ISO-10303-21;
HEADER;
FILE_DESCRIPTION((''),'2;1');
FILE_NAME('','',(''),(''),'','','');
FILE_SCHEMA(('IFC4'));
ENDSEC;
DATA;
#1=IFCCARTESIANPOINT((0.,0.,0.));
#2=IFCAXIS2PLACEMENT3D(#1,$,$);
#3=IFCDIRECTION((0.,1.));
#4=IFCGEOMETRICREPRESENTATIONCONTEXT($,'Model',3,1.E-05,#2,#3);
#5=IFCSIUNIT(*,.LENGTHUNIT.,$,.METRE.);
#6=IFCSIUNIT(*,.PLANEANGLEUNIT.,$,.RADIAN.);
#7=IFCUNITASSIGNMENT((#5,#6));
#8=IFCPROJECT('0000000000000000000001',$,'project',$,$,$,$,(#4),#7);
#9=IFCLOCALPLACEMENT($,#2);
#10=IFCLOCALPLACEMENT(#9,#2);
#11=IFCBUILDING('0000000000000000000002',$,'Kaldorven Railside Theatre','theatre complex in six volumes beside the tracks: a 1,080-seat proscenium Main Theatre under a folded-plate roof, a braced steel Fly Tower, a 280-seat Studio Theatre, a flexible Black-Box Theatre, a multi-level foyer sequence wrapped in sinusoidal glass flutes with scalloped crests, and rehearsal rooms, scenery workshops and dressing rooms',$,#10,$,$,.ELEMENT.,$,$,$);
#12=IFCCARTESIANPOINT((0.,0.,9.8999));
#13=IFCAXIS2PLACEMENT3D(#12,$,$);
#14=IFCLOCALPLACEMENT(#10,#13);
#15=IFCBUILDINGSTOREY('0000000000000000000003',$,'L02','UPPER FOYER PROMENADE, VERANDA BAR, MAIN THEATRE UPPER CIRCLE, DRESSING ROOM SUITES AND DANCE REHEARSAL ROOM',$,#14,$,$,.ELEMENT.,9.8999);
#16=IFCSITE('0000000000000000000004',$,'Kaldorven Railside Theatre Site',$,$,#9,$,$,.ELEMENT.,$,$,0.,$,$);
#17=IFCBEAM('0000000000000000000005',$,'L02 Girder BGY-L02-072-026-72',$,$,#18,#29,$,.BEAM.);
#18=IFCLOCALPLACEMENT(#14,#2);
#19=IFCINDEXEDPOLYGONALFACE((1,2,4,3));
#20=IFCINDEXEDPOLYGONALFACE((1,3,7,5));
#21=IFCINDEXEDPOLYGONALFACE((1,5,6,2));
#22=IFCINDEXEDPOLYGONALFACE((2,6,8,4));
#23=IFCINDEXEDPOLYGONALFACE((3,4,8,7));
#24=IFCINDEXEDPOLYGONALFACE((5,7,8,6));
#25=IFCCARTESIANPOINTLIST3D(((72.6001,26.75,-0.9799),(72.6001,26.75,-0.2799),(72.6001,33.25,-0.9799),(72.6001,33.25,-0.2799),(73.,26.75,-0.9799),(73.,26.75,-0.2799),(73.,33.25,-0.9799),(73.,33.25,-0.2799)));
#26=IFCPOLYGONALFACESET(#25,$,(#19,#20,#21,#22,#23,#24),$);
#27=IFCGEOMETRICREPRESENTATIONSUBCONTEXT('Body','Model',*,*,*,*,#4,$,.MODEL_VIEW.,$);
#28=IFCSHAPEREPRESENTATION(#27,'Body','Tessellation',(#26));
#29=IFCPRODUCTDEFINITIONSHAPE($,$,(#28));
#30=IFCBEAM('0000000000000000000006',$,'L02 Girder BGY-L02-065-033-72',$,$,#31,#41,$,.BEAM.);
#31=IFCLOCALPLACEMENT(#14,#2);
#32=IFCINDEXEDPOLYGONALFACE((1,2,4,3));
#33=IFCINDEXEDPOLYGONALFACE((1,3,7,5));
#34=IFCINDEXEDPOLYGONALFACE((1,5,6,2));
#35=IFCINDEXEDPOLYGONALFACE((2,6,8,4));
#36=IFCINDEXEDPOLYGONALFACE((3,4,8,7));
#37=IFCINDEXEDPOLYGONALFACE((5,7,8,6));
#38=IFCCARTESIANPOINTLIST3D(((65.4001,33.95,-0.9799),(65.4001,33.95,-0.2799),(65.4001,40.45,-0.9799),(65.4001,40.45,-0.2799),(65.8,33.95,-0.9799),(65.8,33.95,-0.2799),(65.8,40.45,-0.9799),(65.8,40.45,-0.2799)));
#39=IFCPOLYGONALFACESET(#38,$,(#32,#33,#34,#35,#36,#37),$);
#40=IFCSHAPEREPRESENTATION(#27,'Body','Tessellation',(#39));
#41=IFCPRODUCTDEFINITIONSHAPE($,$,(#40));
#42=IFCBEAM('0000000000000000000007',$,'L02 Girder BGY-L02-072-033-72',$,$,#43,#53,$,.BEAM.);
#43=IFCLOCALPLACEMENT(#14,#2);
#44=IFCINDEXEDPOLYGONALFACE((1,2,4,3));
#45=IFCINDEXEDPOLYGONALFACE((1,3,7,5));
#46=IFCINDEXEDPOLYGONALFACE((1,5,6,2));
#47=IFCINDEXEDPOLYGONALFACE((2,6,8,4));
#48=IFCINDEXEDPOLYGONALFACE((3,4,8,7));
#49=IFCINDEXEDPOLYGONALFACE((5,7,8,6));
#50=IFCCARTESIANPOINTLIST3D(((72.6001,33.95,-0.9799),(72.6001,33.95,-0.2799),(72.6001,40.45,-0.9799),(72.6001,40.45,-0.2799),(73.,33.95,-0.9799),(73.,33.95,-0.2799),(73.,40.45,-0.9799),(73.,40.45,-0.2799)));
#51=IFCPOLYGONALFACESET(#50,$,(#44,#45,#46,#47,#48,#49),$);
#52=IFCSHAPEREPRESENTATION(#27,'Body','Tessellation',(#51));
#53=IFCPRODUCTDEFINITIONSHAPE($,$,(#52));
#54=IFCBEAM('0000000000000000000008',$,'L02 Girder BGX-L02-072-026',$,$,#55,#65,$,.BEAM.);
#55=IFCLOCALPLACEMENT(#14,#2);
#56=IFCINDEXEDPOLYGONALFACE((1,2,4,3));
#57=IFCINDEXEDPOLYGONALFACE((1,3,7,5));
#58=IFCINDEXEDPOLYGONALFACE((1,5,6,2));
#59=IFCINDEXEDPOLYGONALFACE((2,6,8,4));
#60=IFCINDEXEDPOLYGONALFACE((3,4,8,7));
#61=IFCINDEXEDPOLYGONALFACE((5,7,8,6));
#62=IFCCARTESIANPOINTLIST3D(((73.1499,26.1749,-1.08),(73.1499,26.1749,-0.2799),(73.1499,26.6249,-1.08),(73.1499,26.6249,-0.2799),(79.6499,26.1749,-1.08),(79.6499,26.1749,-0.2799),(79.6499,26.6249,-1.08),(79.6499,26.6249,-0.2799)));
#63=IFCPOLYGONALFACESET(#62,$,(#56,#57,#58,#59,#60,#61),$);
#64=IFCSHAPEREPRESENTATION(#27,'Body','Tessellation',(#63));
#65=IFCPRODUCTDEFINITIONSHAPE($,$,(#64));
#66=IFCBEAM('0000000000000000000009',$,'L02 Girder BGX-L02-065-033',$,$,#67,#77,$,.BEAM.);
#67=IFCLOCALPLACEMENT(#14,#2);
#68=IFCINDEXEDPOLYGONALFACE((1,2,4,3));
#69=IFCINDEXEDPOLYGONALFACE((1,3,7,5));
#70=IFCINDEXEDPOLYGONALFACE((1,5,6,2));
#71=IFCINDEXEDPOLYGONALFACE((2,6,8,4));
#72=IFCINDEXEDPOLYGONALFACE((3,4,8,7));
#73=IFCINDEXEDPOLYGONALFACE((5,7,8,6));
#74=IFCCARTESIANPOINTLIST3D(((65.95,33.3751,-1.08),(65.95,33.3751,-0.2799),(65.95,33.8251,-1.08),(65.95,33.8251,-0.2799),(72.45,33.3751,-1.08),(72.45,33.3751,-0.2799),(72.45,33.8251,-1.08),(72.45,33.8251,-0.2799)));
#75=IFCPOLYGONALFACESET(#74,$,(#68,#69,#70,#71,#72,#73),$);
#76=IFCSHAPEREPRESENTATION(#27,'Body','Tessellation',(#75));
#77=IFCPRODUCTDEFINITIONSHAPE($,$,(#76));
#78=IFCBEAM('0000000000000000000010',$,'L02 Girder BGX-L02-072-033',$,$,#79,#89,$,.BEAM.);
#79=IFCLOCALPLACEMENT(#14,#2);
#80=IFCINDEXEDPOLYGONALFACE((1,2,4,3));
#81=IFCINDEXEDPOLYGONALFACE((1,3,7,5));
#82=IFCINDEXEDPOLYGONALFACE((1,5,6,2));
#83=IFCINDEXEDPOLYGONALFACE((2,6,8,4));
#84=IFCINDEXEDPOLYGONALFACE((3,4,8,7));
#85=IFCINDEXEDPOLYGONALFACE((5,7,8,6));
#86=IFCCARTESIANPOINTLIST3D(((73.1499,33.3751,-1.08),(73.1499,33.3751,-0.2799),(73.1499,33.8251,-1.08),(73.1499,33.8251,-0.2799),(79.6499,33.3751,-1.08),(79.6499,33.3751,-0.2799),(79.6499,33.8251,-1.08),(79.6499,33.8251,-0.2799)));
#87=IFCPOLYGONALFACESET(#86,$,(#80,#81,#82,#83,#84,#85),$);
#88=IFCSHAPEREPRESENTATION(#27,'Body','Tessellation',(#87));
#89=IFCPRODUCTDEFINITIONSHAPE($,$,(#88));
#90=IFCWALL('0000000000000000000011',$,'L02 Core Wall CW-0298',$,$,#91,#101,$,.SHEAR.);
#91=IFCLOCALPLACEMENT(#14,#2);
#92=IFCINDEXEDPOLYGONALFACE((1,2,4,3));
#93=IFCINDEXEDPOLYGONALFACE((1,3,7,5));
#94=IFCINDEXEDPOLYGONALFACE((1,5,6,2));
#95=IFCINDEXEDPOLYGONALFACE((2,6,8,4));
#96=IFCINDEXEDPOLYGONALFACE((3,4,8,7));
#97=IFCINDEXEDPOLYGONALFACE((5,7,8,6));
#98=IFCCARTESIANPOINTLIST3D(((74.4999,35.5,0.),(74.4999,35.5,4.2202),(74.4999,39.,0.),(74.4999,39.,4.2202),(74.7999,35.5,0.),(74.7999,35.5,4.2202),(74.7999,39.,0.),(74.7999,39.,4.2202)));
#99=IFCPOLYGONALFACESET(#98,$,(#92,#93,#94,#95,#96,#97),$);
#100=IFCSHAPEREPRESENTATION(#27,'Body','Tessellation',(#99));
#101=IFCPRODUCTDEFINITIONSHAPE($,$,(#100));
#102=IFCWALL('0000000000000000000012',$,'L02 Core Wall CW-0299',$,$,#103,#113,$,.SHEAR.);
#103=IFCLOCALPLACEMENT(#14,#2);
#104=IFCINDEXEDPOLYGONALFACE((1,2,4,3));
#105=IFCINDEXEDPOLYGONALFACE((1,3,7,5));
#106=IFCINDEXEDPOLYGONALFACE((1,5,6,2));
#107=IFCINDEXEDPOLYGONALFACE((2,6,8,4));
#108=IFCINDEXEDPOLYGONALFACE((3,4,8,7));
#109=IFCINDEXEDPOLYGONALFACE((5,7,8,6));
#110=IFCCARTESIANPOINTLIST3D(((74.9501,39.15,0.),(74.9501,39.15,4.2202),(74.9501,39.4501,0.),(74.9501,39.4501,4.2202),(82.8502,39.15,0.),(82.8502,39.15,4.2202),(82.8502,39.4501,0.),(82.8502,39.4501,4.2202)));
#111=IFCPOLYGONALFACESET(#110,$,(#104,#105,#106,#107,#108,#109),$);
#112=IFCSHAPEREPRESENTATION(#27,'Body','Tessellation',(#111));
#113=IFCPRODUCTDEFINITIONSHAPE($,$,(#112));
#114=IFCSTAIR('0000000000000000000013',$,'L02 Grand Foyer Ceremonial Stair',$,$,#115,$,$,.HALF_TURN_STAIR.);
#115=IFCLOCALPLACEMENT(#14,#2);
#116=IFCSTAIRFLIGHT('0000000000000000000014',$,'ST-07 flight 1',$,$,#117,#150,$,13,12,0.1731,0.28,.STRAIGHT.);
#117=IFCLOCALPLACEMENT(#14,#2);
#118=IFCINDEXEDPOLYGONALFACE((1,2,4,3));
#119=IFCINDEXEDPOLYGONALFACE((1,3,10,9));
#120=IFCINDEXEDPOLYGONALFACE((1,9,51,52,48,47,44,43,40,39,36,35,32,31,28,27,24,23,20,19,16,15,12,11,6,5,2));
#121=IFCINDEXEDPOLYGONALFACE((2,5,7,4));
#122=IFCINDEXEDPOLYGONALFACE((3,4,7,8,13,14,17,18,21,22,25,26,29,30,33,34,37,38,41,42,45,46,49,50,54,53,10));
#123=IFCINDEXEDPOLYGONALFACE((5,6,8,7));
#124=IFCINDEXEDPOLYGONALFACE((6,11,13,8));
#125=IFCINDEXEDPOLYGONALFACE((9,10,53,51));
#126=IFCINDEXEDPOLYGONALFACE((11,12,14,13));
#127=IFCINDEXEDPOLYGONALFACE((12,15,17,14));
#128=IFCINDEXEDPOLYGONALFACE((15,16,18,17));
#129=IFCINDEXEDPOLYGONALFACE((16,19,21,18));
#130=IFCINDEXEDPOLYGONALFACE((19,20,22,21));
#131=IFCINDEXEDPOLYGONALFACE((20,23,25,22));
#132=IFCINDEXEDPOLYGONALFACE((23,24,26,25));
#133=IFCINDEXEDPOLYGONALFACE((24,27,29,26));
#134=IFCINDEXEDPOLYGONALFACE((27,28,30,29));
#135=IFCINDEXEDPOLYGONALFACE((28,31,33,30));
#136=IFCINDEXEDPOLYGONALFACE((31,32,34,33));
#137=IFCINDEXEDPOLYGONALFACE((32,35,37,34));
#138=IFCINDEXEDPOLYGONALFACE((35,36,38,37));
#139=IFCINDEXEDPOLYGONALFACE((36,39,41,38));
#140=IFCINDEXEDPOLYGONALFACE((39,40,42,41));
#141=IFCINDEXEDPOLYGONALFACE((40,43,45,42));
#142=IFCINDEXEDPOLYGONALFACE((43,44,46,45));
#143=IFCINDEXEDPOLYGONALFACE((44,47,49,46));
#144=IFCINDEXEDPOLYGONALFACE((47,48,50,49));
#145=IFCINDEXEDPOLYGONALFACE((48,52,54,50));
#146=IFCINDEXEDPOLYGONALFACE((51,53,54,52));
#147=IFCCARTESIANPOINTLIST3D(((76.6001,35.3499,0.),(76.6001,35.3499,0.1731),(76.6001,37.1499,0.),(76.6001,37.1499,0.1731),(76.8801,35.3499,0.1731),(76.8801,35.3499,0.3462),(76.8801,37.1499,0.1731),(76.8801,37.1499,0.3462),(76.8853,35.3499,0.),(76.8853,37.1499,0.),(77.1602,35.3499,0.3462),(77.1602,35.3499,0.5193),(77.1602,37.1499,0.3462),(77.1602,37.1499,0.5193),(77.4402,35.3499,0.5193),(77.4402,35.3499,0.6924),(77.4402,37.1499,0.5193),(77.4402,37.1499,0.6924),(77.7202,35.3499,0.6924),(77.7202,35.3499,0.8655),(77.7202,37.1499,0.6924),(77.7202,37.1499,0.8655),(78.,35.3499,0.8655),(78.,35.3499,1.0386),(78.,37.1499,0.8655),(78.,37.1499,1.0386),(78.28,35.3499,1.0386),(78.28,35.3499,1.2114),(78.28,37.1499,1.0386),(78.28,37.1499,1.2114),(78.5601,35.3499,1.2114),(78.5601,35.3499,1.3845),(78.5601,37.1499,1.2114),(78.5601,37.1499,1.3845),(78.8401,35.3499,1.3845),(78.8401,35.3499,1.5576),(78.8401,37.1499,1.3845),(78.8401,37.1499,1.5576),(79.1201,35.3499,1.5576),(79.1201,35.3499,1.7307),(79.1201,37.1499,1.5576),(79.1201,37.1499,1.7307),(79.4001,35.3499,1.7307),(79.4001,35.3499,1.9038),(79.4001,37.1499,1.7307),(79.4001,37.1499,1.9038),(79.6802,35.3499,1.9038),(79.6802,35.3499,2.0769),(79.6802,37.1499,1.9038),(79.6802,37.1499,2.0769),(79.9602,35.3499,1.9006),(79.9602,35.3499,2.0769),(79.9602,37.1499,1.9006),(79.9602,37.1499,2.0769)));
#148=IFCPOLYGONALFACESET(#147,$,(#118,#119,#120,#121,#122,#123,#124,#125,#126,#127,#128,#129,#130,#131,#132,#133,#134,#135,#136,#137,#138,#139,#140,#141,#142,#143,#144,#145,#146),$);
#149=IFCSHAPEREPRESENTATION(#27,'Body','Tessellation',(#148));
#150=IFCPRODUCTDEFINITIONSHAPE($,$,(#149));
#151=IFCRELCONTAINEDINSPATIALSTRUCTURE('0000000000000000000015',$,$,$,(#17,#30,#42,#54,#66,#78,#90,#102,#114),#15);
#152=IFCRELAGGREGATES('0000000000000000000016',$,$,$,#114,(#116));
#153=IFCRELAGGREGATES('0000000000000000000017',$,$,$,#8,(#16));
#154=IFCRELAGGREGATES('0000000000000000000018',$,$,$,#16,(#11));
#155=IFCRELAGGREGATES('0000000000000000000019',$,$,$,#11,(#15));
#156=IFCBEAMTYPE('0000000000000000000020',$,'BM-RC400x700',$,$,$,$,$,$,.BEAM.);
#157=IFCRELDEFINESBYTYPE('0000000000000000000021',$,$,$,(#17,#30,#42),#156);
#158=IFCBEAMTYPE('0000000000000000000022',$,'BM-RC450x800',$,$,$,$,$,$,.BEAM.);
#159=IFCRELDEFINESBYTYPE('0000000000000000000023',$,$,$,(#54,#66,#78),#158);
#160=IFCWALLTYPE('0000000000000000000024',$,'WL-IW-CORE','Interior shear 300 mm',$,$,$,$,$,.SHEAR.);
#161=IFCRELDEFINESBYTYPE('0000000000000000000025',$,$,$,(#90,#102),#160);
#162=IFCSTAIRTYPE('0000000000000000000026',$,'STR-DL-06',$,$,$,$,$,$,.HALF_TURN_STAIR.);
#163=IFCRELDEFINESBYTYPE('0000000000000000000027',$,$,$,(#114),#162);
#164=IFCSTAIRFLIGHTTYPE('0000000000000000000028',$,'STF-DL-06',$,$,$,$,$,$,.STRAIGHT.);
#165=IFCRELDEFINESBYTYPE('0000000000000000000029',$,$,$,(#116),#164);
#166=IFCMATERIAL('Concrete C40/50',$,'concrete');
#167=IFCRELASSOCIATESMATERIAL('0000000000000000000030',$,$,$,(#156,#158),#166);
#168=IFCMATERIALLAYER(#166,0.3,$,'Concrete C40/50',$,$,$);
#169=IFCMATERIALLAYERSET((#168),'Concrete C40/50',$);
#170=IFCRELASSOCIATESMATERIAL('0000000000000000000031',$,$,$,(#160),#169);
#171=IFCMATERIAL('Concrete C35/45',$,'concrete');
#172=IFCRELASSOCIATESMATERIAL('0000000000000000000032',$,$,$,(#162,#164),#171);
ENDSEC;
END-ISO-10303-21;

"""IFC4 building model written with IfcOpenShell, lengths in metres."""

from ifc_helpers import new_model, si_unit, direction, frame, frame_2d, origin, origin_2d, place, context, subcontext, project, spatial, polyline, rectangle, outline, extrude, material, layer, layer_set, material_profile, profile_set, type_object, element, aggregate, save


model = new_model("IFC4")

# Units and contexts
model_context = context("Model", 3, precision=1e-05, world=origin(), true_north=direction((0.0, 1.0)))
body_context = subcontext(model_context, "Body", "Model", "MODEL_VIEW")
ifc_project = project(units=[si_unit("LENGTHUNIT", "METRE"), si_unit("PLANEANGLEUNIT", "RADIAN")], contexts=[model_context])

# Site, building, storey
site_placement = place(None, origin())
site = spatial("IfcSite", under=ifc_project, at=site_placement, Name="Kaldorven Railside Theatre Site", CompositionType="ELEMENT", RefElevation=0.0)
building_placement = place(site_placement, origin())
building = spatial("IfcBuilding", under=site, at=building_placement, Name="Kaldorven Railside Theatre", Description="theatre complex in six volumes beside the tracks: a 1,080-seat proscenium Main Theatre under a folded-plate roof, a braced steel Fly Tower, a 280-seat Studio Theatre, a flexible Black-Box Theatre, a multi-level foyer sequence wrapped in sinusoidal glass flutes with scalloped crests, and rehearsal rooms, scenery workshops and dressing rooms", CompositionType="ELEMENT")
storey_placement = place(building_placement, frame((0.0, 0.0, 9.8999)))
storey = spatial("IfcBuildingStorey", under=building, at=storey_placement, Name="L02", Description="UPPER FOYER PROMENADE, VERANDA BAR, MAIN THEATRE UPPER CIRCLE, DRESSING ROOM SUITES AND DANCE REHEARSAL ROOM", CompositionType="ELEMENT", Elevation=9.8999)

# Shared definitions
ifc_material_1 = material(Name="Concrete C40/50", Category="concrete")

# Beams
ifc_material_profile_1 = material_profile(ifc_material_1, rectangle(XDim=0.3999, YDim=0.7, at=origin_2d()), Name="RC 400x700")
ifc_profile_set_1 = profile_set([ifc_material_profile_1], Name="Concrete C40/50")
beam_type_1 = type_object("IfcBeamType", Name="BM-RC400x700", PredefinedType="BEAM", material=ifc_profile_set_1)
for number, where, z_axis, x_axis, name in (
    (1, (72.8, 26.75, -0.6299), (0.0, 1.0, 0.0), (-1.0, 0.0, 0.0), "L02 Girder BGY-L02-072-026-72"),
    (2, (65.6001, 33.95, -0.6299), (0.0, 1.0, 0.0), (-1.0, 0.0, 0.0), "L02 Girder BGY-L02-065-033-72"),
    (3, (72.8, 33.95, -0.6299), (0.0, 1.0, 0.0), (-1.0, 0.0, 0.0), "L02 Girder BGY-L02-072-033-72"),
):
    element("IfcBeam", number, at=place(storey_placement, frame(where, z_axis=z_axis, x_axis=x_axis)), inside=storey, type_object=beam_type_1, Name=name, PredefinedType="BEAM", context=body_context, shape_type="SweptSolid", body=[
        extrude(rectangle(XDim=0.3999, YDim=0.7, at=origin_2d()), origin(), (0.0, 0.0, 1.0), 6.5),
    ])
ifc_material_profile_2 = material_profile(ifc_material_1, rectangle(XDim=0.45, YDim=0.8, at=origin_2d()), Name="RC 450x800")
ifc_profile_set_2 = profile_set([ifc_material_profile_2], Name="Concrete C40/50")
beam_type_2 = type_object("IfcBeamType", Name="BM-RC450x800", PredefinedType="BEAM", material=ifc_profile_set_2)
for number, where, z_axis, x_axis, name in (
    (4, (73.1499, 26.3999, -0.6799), (1.0, 0.0, 0.0), (0.0, 1.0, 0.0), "L02 Girder BGX-L02-072-026"),
    (5, (65.95, 33.6001, -0.6799), (1.0, 0.0, 0.0), (0.0, 1.0, 0.0), "L02 Girder BGX-L02-065-033"),
    (6, (73.1499, 33.6001, -0.6799), (1.0, 0.0, 0.0), (0.0, 1.0, 0.0), "L02 Girder BGX-L02-072-033"),
):
    element("IfcBeam", number, at=place(storey_placement, frame(where, z_axis=z_axis, x_axis=x_axis)), inside=storey, type_object=beam_type_2, Name=name, PredefinedType="BEAM", context=body_context, shape_type="SweptSolid", body=[
        extrude(rectangle(XDim=0.45, YDim=0.8, at=origin_2d()), origin(), (0.0, 0.0, 1.0), 6.5),
    ])

# Walls
ifc_layer = layer(ifc_material_1, 0.3, Name="Concrete C40/50")
ifc_layer_set = layer_set([ifc_layer], Name="Concrete C40/50")
wall_type = type_object("IfcWallType", Name="WL-IW-CORE", Description="Interior shear 300 mm", PredefinedType="SHEAR", material=ifc_layer_set)
wall_1_placement = place(storey_placement, frame((74.6499, 35.5, 0.0), z_axis=(0.0, 0.0, 1.0), x_axis=(0.0, 1.0, 0.0)))
element("IfcWall", 7, at=wall_1_placement, inside=storey, type_object=wall_type, Name="L02 Core Wall CW-0298", PredefinedType="SHEAR", context=body_context, shape_type="SweptSolid", body=[
    extrude(rectangle(XDim=3.5, YDim=0.3, at=frame_2d((1.75, 0.0))), origin(), (0.0, 0.0, 1.0), 4.2202),
])
wall_2_placement = place(storey_placement, frame((74.95, 39.3, 0.0), z_axis=(0.0, 0.0, 1.0), x_axis=(1.0, 0.0, 0.0)))
element("IfcWall", 8, at=wall_2_placement, inside=storey, type_object=wall_type, Name="L02 Core Wall CW-0299", PredefinedType="SHEAR", context=body_context, shape_type="SweptSolid", body=[
    extrude(rectangle(XDim=7.9001, YDim=0.3, at=frame_2d((3.9502, 0.0))), origin(), (0.0, 0.0, 1.0), 4.2202),
])

# Stair, stair flight
ifc_material_2 = material(Name="Concrete C35/45", Category="concrete")
stair_type = type_object("IfcStairType", Name="STR-DL-06", PredefinedType="HALF_TURN_STAIR", material=ifc_material_2)
stair_placement = place(storey_placement, origin())
stair = element("IfcStair", 9, at=stair_placement, inside=storey, type_object=stair_type, Name="L02 Grand Foyer Ceremonial Stair", PredefinedType="HALF_TURN_STAIR")
stair_flight_type = type_object("IfcStairFlightType", Name="STF-DL-06", PredefinedType="STRAIGHT", material=ifc_material_2)
stair_flight_placement = place(storey_placement, frame((76.6001, 36.25, 0.0), z_axis=(0.0, 0.0, 1.0), x_axis=(1.0, 0.0, 0.0)))
stair_flight = element("IfcStairFlight", 10, at=stair_flight_placement, type_object=stair_flight_type, Name="ST-07 flight 1", NumberOfRisers=13, NumberOfTreads=12, PredefinedType="STRAIGHT", RiserHeight=0.1731, TreadLength=0.28, context=body_context, shape_type="SweptSolid", body=[
    extrude(outline(polyline([(0.0, 0.0), (0.0, 0.1731), (0.28, 0.1731), (0.28, 0.3462), (0.5601, 0.3462), (0.5601, 0.5193), (0.8401, 0.5193), (0.8401, 0.6924), (1.1201, 0.6924), (1.1201, 0.8655), (1.3999, 0.8655), (1.3999, 1.0386), (1.6799, 1.0386), (1.6799, 1.2114), (1.96, 1.2114), (1.96, 1.3845), (2.24, 1.3845), (2.24, 1.5576), (2.52, 1.5576), (2.52, 1.7307), (2.8, 1.7307), (2.8, 1.9038), (3.0801, 1.9038), (3.0801, 2.0769), (3.3601, 2.0769), (3.3601, 2.25), (3.3601, 1.9006), (0.2852, 0.0), (0.0, 0.0)])), frame((0.0, 0.8999, 0.0), z_axis=(0.0, -1.0, 0.0), x_axis=(1.0, 0.0, 0.0)), (0.0, 0.0, 1.0), 1.8),
])
aggregate(stair, [stair_flight])

save(model, "model.ifc")
